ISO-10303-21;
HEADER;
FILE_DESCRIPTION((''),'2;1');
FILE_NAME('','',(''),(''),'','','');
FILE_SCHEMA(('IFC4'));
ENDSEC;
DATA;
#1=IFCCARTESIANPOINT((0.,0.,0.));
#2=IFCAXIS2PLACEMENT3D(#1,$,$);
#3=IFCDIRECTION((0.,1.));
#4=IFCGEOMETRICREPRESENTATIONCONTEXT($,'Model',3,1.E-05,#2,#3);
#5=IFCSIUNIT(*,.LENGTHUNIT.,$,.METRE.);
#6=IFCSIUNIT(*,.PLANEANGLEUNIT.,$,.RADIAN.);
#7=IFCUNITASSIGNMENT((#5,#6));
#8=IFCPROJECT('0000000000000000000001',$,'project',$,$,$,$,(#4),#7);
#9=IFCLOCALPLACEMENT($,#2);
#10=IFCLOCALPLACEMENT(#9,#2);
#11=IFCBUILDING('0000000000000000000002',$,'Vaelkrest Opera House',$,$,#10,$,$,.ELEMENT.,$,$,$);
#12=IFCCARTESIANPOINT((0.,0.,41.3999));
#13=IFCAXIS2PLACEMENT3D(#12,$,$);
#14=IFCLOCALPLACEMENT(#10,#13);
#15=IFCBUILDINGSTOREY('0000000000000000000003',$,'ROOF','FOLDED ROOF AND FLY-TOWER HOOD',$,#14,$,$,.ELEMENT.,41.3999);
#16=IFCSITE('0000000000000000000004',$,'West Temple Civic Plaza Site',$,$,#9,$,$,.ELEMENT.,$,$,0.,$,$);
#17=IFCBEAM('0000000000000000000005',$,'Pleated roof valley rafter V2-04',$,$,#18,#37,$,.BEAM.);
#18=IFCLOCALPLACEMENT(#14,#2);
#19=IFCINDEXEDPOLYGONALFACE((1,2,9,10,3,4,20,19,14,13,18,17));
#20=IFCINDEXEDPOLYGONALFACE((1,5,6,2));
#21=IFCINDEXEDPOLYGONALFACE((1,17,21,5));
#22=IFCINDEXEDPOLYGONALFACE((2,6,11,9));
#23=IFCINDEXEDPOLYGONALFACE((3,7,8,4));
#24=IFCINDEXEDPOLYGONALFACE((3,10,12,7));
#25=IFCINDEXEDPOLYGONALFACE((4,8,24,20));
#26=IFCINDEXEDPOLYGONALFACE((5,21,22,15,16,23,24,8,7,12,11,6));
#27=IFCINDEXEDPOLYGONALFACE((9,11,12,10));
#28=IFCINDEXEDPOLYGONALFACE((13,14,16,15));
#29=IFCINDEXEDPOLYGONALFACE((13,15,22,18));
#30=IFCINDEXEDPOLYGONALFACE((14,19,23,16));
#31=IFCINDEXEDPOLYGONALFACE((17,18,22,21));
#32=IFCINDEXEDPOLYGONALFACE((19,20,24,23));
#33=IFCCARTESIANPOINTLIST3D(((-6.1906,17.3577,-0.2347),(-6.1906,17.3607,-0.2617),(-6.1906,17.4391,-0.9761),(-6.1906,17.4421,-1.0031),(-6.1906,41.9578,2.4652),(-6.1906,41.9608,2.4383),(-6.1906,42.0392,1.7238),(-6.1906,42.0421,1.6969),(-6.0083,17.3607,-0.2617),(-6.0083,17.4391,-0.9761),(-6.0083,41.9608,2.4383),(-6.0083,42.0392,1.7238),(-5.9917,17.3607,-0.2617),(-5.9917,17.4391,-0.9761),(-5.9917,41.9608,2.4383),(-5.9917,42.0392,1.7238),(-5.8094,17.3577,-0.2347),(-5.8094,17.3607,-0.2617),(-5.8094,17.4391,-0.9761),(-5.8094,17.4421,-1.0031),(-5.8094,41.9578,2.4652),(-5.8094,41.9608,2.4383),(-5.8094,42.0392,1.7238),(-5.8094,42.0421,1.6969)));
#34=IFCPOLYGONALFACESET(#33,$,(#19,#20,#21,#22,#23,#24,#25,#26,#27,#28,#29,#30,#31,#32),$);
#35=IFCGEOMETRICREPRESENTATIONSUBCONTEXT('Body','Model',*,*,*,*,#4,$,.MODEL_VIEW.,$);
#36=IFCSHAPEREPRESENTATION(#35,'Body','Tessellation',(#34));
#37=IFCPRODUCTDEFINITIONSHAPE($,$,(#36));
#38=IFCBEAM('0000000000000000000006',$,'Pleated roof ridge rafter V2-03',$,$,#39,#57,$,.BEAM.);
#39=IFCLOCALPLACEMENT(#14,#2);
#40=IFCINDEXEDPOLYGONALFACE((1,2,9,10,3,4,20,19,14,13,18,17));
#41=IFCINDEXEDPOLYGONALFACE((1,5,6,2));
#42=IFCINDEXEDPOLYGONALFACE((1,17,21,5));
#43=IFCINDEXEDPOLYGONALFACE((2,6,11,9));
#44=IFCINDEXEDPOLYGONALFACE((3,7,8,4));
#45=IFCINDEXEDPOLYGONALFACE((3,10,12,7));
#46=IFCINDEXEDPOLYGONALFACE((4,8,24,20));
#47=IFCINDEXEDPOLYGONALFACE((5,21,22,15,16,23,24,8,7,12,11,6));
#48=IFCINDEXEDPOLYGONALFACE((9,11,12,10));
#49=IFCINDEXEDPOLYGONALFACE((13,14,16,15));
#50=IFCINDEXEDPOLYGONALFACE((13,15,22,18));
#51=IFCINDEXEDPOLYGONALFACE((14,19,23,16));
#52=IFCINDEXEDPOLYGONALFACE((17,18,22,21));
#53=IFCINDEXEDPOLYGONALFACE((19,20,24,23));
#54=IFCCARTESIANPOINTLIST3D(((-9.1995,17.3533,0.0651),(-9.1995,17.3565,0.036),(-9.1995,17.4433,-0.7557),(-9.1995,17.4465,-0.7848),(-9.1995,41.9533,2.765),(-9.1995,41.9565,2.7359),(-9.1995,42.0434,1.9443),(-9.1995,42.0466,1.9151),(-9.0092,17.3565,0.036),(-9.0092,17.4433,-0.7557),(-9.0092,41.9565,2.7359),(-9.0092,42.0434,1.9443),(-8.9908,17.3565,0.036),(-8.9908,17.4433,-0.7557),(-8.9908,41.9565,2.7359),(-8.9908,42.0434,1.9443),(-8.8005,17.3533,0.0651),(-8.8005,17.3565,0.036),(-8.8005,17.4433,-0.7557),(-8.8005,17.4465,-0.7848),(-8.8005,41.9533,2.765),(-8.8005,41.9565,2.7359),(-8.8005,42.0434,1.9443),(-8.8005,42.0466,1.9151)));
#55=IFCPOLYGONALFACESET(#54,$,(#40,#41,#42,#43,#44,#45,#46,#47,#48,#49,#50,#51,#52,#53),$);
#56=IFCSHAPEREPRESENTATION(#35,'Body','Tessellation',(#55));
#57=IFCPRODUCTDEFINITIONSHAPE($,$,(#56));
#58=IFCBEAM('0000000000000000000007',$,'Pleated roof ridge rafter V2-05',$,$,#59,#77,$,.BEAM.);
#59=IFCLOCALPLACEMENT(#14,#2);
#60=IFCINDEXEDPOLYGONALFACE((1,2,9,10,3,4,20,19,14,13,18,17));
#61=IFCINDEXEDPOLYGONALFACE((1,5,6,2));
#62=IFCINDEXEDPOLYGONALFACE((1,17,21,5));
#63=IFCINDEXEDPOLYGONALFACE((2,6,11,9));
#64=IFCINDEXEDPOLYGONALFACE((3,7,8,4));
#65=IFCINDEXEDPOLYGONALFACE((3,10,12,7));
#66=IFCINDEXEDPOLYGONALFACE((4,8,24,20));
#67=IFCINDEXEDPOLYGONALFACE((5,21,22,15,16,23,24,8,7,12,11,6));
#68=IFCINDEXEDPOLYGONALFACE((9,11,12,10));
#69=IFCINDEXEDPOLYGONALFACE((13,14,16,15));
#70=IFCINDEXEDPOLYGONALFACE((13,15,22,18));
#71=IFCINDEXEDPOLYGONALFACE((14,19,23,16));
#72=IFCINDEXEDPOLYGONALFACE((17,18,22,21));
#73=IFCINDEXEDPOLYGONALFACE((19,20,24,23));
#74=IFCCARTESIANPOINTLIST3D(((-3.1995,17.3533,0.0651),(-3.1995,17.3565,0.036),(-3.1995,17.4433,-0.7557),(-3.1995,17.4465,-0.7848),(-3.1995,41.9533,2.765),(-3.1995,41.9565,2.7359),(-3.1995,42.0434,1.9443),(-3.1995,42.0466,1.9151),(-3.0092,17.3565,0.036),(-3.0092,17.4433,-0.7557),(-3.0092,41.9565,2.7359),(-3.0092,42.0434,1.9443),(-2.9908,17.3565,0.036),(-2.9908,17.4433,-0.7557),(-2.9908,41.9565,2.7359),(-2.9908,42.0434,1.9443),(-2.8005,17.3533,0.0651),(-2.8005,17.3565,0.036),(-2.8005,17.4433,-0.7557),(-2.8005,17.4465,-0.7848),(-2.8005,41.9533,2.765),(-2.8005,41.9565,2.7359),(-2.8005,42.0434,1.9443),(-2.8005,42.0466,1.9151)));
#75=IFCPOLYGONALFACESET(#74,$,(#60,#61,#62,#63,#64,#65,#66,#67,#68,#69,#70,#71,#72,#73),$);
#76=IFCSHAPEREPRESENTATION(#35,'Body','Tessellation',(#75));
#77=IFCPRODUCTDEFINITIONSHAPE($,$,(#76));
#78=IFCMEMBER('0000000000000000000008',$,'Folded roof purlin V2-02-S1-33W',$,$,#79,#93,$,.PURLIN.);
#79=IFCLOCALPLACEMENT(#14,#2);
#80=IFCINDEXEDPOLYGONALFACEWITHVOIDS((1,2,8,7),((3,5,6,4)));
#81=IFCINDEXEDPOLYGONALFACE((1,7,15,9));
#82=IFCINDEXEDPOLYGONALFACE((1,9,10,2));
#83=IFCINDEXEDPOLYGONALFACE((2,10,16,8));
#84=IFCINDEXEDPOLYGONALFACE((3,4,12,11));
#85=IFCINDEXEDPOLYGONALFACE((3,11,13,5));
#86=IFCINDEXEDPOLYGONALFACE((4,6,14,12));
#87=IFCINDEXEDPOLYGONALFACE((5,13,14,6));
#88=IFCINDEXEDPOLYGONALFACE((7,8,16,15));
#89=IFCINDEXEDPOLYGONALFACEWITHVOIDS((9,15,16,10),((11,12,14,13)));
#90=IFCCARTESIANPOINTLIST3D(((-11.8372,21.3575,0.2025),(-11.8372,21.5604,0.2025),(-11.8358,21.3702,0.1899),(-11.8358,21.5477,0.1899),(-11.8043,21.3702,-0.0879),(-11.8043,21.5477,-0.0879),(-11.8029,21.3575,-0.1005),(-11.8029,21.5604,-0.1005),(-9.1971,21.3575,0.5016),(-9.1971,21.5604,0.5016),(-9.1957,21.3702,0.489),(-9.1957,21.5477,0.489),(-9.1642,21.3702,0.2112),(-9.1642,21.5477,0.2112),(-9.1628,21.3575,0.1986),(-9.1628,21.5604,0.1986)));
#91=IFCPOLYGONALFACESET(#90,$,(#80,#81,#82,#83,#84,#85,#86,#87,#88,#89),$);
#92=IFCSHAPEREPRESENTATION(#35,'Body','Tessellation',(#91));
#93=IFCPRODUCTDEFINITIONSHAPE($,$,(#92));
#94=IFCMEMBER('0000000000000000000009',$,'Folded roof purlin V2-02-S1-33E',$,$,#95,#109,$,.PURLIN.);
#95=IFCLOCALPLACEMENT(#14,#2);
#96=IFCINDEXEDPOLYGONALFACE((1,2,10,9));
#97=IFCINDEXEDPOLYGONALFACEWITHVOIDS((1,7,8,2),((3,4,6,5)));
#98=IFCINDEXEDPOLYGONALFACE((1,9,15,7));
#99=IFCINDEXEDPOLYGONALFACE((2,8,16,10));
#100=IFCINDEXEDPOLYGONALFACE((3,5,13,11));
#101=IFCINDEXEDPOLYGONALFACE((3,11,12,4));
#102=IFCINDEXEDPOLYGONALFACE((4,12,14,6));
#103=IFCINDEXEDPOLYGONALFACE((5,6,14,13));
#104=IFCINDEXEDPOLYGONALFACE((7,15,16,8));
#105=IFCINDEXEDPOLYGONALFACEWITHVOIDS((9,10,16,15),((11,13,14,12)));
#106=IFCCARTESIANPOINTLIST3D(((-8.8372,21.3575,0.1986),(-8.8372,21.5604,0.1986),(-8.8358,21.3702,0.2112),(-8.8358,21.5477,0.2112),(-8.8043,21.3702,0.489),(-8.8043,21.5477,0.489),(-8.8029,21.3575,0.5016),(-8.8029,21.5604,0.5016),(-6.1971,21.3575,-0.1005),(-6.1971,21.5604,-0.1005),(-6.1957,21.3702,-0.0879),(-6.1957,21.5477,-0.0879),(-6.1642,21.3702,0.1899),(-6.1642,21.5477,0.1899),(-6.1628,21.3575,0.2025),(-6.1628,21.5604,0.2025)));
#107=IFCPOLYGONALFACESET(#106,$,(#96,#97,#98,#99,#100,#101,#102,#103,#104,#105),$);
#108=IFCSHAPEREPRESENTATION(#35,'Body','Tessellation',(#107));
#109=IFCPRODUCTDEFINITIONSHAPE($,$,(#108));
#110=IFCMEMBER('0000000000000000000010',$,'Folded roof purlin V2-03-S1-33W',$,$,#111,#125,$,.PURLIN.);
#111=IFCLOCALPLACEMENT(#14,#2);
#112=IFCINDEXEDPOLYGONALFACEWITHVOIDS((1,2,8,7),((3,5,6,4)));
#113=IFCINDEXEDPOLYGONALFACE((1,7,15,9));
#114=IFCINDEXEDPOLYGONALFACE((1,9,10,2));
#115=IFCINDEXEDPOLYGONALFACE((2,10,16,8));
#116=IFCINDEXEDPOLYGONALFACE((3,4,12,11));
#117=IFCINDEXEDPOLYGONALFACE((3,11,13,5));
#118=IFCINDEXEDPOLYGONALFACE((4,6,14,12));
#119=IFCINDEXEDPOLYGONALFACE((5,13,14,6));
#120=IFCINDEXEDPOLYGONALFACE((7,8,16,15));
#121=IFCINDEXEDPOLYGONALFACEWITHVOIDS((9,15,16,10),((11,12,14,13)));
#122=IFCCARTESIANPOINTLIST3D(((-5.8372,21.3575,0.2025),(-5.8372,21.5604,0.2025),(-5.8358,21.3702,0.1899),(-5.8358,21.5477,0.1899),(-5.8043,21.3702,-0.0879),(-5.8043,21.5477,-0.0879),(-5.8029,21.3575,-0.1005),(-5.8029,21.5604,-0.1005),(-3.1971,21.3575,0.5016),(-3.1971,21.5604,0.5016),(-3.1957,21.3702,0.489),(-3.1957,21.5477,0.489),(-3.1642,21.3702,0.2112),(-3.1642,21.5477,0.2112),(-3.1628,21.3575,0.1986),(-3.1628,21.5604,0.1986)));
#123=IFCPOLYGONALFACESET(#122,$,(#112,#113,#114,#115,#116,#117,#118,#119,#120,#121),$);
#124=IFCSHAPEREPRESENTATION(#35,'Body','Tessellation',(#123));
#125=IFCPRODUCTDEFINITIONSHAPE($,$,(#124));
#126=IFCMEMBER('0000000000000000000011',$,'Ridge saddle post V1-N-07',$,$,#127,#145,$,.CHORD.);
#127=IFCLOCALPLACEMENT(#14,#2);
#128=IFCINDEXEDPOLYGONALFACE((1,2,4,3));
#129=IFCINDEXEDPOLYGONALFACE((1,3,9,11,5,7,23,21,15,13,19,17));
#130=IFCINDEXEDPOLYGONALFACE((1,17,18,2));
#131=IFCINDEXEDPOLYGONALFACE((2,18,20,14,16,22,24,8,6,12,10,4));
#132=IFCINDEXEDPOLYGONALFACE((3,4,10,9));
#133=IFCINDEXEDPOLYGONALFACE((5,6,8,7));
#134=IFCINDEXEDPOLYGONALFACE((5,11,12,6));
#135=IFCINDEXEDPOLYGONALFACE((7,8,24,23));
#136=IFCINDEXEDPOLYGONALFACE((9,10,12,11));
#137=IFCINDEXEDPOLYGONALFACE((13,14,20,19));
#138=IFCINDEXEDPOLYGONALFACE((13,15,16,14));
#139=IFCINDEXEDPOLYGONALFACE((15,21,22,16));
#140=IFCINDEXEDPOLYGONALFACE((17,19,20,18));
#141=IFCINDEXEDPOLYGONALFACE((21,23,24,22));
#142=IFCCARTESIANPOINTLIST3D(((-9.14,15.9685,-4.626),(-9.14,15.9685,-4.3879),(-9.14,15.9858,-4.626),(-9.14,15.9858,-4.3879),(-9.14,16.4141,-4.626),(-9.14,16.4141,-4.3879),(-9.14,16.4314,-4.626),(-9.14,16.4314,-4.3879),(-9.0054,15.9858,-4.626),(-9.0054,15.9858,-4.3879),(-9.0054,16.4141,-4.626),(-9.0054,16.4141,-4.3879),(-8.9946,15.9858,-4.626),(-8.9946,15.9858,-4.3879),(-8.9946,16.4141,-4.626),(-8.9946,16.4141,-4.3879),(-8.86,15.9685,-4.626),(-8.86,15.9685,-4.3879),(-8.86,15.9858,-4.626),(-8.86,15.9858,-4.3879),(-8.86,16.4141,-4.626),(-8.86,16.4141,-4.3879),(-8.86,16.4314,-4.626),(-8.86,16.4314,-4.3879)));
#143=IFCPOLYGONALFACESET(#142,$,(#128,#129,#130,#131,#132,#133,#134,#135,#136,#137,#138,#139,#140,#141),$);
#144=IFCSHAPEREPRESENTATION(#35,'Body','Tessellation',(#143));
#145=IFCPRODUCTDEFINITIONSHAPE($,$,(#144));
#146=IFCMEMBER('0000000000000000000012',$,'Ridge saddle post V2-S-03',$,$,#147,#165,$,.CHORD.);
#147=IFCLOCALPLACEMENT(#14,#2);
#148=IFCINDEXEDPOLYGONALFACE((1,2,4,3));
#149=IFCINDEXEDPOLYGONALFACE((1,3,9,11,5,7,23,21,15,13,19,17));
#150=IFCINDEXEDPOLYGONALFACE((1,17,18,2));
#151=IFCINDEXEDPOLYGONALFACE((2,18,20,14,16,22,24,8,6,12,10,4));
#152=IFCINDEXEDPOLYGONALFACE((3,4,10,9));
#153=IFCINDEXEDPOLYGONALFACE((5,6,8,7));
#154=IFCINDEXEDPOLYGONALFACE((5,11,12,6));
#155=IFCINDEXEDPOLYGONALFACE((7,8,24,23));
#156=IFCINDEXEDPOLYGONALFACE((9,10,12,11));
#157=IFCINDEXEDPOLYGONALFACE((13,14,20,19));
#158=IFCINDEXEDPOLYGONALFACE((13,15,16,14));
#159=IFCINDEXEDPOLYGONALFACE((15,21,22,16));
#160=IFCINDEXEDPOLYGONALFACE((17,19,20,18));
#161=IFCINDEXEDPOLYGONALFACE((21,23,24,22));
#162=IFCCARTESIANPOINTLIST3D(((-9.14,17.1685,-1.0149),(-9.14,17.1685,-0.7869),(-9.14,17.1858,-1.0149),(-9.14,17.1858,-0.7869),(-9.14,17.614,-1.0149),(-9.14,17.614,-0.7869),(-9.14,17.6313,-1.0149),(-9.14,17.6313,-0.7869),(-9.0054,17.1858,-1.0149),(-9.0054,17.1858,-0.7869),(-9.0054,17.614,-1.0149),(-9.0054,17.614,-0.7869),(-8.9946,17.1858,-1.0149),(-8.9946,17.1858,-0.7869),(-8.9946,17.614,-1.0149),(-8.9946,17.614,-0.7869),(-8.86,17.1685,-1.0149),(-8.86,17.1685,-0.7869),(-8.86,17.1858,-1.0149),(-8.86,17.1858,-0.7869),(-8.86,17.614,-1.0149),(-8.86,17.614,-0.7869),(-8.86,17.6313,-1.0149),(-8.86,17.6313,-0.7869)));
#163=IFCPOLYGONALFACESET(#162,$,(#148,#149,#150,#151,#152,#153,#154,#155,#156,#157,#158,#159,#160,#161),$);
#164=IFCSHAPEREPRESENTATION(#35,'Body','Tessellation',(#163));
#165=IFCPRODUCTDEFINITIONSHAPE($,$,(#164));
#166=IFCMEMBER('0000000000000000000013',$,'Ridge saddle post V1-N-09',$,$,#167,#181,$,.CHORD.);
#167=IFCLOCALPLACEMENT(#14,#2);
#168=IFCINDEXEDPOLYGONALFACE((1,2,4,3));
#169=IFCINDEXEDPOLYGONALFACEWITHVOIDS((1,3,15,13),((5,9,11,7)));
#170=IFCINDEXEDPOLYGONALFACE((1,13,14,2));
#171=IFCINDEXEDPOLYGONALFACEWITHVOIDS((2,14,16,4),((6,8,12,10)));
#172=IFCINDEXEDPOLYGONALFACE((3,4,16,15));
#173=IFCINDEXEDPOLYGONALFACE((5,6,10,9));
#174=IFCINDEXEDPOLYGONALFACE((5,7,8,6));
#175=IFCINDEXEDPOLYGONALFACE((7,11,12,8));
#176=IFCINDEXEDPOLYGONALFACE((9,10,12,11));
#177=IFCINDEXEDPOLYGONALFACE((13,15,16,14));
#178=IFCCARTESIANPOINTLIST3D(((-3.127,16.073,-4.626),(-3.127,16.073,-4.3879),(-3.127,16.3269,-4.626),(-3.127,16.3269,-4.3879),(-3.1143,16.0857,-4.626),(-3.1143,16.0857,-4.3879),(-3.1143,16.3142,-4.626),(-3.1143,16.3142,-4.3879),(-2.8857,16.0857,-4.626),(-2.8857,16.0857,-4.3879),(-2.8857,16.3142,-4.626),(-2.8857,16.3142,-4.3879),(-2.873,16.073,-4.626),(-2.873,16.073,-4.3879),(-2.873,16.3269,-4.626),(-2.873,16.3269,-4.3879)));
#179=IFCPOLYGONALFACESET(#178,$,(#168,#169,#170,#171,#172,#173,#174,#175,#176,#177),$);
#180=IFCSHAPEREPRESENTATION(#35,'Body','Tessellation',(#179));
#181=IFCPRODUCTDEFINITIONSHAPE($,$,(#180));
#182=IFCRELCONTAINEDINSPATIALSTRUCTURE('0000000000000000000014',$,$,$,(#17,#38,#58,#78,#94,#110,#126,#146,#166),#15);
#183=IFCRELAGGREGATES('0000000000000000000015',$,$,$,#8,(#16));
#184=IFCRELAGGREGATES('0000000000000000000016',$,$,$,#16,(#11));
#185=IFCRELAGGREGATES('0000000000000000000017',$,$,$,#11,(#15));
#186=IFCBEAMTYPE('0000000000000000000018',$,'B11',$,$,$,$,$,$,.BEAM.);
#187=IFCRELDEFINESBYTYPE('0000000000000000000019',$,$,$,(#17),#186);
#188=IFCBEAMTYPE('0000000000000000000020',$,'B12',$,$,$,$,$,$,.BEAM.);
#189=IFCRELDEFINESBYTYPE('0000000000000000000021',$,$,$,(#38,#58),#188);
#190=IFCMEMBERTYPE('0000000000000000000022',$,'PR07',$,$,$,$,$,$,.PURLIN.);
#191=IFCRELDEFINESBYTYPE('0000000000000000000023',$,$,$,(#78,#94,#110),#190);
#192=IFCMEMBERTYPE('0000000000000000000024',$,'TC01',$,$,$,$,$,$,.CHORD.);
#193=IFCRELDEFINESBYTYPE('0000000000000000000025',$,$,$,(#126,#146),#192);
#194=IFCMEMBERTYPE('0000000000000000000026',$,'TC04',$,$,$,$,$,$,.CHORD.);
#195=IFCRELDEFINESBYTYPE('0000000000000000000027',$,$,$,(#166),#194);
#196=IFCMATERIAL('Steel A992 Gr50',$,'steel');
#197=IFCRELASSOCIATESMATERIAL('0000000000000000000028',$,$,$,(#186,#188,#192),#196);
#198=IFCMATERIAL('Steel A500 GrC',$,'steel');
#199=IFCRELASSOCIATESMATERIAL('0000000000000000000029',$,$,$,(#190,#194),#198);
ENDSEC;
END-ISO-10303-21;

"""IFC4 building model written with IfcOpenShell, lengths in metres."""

from ifc_helpers import new_model, si_unit, direction, frame, origin, origin_2d, place, context, subcontext, project, spatial, hollow_rectangle, i_section, extrude, material, material_profile, profile_set, type_object, element, save


model = new_model("IFC4")

# Units and contexts
model_context = context("Model", 3, precision=1e-05, world=origin(), true_north=direction((0.0, 1.0)))
body_context = subcontext(model_context, "Body", "Model", "MODEL_VIEW")
ifc_project = project(units=[si_unit("LENGTHUNIT", "METRE"), si_unit("PLANEANGLEUNIT", "RADIAN")], contexts=[model_context])

# Site, building, storey
site_placement = place(None, origin())
site = spatial("IfcSite", under=ifc_project, at=site_placement, Name="West Temple Civic Plaza Site", CompositionType="ELEMENT", RefElevation=0.0)
building_placement = place(site_placement, origin())
building = spatial("IfcBuilding", under=site, at=building_placement, Name="Vaelkrest Opera House", CompositionType="ELEMENT")
storey_placement = place(building_placement, frame((0.0, 0.0, 41.3999)))
storey = spatial("IfcBuildingStorey", under=building, at=storey_placement, Name="ROOF", Description="FOLDED ROOF AND FLY-TOWER HOOD", CompositionType="ELEMENT", Elevation=41.3999)

# Beams
ifc_material_1 = material(Name="Steel A992 Gr50", Category="steel")
ifc_material_profile_1 = material_profile(ifc_material_1, i_section(OverallWidth=0.3811, OverallDepth=0.7729, WebThickness=0.0166, FlangeThickness=0.0271, at=origin_2d()), Name="W30X173")
ifc_profile_set_1 = profile_set([ifc_material_profile_1], Name="Steel A992 Gr50")
beam_type_1 = type_object("IfcBeamType", Name="B11", PredefinedType="BEAM", material=ifc_profile_set_1)
beam_placement = place(storey_placement, frame((-6.0, 17.3999, -0.6189), z_axis=(0.0, 0.994031, 0.109099), x_axis=(-1.0, 0.0, 0.0)))
element("IfcBeam", 1, at=beam_placement, inside=storey, type_object=beam_type_1, Name="Pleated roof valley rafter V2-04", PredefinedType="BEAM", context=body_context, shape_type="SweptSolid", body=[
    extrude(i_section(OverallWidth=0.3811, OverallDepth=0.7729, WebThickness=0.0166, FlangeThickness=0.0271, at=origin_2d()), origin(), (0.0, 0.0, 1.0), 24.7478),
])
ifc_material_profile_2 = material_profile(ifc_material_1, i_section(OverallWidth=0.3989, OverallDepth=0.855, WebThickness=0.0183, FlangeThickness=0.0293, at=origin_2d()), Name="W33X201")
ifc_profile_set_2 = profile_set([ifc_material_profile_2], Name="Steel A992 Gr50")
beam_type_2 = type_object("IfcBeamType", Name="B12", PredefinedType="BEAM", material=ifc_profile_set_2)
for number, where, z_axis, x_axis, name in (
    (2, (-9.0, 17.3999, -0.3599), (0.0, 0.994031, 0.109099), (-1.0, 0.0, 0.0), "Pleated roof ridge rafter V2-03"),
    (3, (-3.0, 17.3999, -0.3599), (0.0, 0.994031, 0.109099), (-1.0, 0.0, 0.0), "Pleated roof ridge rafter V2-05"),
):
    element("IfcBeam", number, at=place(storey_placement, frame(where, z_axis=z_axis, x_axis=x_axis)), inside=storey, type_object=beam_type_2, Name=name, PredefinedType="BEAM", context=body_context, shape_type="SweptSolid", body=[
        extrude(i_section(OverallWidth=0.3989, OverallDepth=0.855, WebThickness=0.0183, FlangeThickness=0.0293, at=origin_2d()), origin(), (0.0, 0.0, 1.0), 24.7478),
    ])

# Members
ifc_material_2 = material(Name="Steel A500 GrC", Category="steel")
ifc_material_profile_3 = material_profile(ifc_material_2, hollow_rectangle(XDim=0.2029, YDim=0.3049, WallThickness=0.0127, at=origin_2d()), Name="HSS305X203X12.7")
ifc_profile_set_3 = profile_set([ifc_material_profile_3], Name="Steel A500 GrC")
member_type_1 = type_object("IfcMemberType", Name="PR07", PredefinedType="PURLIN", material=ifc_profile_set_3)
for number, where, z_axis, x_axis, name in (
    (4, (-11.8201, 21.459, 0.051), (0.993645, 0.0, 0.112559), (0.0, 1.0, 0.0), "Folded roof purlin V2-02-S1-33W"),
    (5, (-8.8201, 21.459, 0.3501), (0.993645, 0.0, -0.112559), (0.0, 1.0, 0.0), "Folded roof purlin V2-02-S1-33E"),
    (6, (-5.8201, 21.459, 0.051), (0.993645, 0.0, 0.112559), (0.0, 1.0, 0.0), "Folded roof purlin V2-03-S1-33W"),
):
    element("IfcMember", number, at=place(storey_placement, frame(where, z_axis=z_axis, x_axis=x_axis)), inside=storey, type_object=member_type_1, Name=name, PredefinedType="PURLIN", context=body_context, shape_type="SweptSolid", body=[
        extrude(hollow_rectangle(XDim=0.2029, YDim=0.3049, WallThickness=0.0127, at=origin_2d()), origin(), (0.0, 0.0, 1.0), 2.657),
    ])
ifc_material_profile_4 = material_profile(ifc_material_1, i_section(OverallWidth=0.28, OverallDepth=0.4629, WebThickness=0.0107, FlangeThickness=0.0173, at=origin_2d()), Name="W18X76")
ifc_profile_set_4 = profile_set([ifc_material_profile_4], Name="Steel A992 Gr50")
member_type_2 = type_object("IfcMemberType", Name="TC01", PredefinedType="CHORD", material=ifc_profile_set_4)
member_1_placement = place(storey_placement, frame((-9.0, 16.2, -4.626), z_axis=(0.0, 0.0, 1.0), x_axis=(1.0, 0.0, 0.0)))
element("IfcMember", 7, at=member_1_placement, inside=storey, type_object=member_type_2, Name="Ridge saddle post V1-N-07", PredefinedType="CHORD", context=body_context, shape_type="SweptSolid", body=[
    extrude(i_section(OverallWidth=0.28, OverallDepth=0.4629, WebThickness=0.0107, FlangeThickness=0.0173, at=origin_2d()), origin(), (0.0, 0.0, 1.0), 0.238),
])
member_2_placement = place(storey_placement, frame((-9.0, 17.3999, -1.0149), z_axis=(0.0, 0.0, 1.0), x_axis=(1.0, 0.0, 0.0)))
element("IfcMember", 8, at=member_2_placement, inside=storey, type_object=member_type_2, Name="Ridge saddle post V2-S-03", PredefinedType="CHORD", context=body_context, shape_type="SweptSolid", body=[
    extrude(i_section(OverallWidth=0.28, OverallDepth=0.4629, WebThickness=0.0107, FlangeThickness=0.0173, at=origin_2d()), origin(), (0.0, 0.0, 1.0), 0.228),
])
ifc_material_profile_5 = material_profile(ifc_material_2, hollow_rectangle(XDim=0.2539, YDim=0.2539, WallThickness=0.0127, at=origin_2d()), Name="HSS254X254X12.7")
ifc_profile_set_5 = profile_set([ifc_material_profile_5], Name="Steel A500 GrC")
member_type_3 = type_object("IfcMemberType", Name="TC04", PredefinedType="CHORD", material=ifc_profile_set_5)
member_3_placement = place(storey_placement, frame((-3.0, 16.2, -4.626), z_axis=(0.0, 0.0, 1.0), x_axis=(1.0, 0.0, 0.0)))
element("IfcMember", 9, at=member_3_placement, inside=storey, type_object=member_type_3, Name="Ridge saddle post V1-N-09", PredefinedType="CHORD", context=body_context, shape_type="SweptSolid", body=[
    extrude(hollow_rectangle(XDim=0.2539, YDim=0.2539, WallThickness=0.0127, at=origin_2d()), origin(), (0.0, 0.0, 1.0), 0.238),
])

save(model, "model.ifc")
